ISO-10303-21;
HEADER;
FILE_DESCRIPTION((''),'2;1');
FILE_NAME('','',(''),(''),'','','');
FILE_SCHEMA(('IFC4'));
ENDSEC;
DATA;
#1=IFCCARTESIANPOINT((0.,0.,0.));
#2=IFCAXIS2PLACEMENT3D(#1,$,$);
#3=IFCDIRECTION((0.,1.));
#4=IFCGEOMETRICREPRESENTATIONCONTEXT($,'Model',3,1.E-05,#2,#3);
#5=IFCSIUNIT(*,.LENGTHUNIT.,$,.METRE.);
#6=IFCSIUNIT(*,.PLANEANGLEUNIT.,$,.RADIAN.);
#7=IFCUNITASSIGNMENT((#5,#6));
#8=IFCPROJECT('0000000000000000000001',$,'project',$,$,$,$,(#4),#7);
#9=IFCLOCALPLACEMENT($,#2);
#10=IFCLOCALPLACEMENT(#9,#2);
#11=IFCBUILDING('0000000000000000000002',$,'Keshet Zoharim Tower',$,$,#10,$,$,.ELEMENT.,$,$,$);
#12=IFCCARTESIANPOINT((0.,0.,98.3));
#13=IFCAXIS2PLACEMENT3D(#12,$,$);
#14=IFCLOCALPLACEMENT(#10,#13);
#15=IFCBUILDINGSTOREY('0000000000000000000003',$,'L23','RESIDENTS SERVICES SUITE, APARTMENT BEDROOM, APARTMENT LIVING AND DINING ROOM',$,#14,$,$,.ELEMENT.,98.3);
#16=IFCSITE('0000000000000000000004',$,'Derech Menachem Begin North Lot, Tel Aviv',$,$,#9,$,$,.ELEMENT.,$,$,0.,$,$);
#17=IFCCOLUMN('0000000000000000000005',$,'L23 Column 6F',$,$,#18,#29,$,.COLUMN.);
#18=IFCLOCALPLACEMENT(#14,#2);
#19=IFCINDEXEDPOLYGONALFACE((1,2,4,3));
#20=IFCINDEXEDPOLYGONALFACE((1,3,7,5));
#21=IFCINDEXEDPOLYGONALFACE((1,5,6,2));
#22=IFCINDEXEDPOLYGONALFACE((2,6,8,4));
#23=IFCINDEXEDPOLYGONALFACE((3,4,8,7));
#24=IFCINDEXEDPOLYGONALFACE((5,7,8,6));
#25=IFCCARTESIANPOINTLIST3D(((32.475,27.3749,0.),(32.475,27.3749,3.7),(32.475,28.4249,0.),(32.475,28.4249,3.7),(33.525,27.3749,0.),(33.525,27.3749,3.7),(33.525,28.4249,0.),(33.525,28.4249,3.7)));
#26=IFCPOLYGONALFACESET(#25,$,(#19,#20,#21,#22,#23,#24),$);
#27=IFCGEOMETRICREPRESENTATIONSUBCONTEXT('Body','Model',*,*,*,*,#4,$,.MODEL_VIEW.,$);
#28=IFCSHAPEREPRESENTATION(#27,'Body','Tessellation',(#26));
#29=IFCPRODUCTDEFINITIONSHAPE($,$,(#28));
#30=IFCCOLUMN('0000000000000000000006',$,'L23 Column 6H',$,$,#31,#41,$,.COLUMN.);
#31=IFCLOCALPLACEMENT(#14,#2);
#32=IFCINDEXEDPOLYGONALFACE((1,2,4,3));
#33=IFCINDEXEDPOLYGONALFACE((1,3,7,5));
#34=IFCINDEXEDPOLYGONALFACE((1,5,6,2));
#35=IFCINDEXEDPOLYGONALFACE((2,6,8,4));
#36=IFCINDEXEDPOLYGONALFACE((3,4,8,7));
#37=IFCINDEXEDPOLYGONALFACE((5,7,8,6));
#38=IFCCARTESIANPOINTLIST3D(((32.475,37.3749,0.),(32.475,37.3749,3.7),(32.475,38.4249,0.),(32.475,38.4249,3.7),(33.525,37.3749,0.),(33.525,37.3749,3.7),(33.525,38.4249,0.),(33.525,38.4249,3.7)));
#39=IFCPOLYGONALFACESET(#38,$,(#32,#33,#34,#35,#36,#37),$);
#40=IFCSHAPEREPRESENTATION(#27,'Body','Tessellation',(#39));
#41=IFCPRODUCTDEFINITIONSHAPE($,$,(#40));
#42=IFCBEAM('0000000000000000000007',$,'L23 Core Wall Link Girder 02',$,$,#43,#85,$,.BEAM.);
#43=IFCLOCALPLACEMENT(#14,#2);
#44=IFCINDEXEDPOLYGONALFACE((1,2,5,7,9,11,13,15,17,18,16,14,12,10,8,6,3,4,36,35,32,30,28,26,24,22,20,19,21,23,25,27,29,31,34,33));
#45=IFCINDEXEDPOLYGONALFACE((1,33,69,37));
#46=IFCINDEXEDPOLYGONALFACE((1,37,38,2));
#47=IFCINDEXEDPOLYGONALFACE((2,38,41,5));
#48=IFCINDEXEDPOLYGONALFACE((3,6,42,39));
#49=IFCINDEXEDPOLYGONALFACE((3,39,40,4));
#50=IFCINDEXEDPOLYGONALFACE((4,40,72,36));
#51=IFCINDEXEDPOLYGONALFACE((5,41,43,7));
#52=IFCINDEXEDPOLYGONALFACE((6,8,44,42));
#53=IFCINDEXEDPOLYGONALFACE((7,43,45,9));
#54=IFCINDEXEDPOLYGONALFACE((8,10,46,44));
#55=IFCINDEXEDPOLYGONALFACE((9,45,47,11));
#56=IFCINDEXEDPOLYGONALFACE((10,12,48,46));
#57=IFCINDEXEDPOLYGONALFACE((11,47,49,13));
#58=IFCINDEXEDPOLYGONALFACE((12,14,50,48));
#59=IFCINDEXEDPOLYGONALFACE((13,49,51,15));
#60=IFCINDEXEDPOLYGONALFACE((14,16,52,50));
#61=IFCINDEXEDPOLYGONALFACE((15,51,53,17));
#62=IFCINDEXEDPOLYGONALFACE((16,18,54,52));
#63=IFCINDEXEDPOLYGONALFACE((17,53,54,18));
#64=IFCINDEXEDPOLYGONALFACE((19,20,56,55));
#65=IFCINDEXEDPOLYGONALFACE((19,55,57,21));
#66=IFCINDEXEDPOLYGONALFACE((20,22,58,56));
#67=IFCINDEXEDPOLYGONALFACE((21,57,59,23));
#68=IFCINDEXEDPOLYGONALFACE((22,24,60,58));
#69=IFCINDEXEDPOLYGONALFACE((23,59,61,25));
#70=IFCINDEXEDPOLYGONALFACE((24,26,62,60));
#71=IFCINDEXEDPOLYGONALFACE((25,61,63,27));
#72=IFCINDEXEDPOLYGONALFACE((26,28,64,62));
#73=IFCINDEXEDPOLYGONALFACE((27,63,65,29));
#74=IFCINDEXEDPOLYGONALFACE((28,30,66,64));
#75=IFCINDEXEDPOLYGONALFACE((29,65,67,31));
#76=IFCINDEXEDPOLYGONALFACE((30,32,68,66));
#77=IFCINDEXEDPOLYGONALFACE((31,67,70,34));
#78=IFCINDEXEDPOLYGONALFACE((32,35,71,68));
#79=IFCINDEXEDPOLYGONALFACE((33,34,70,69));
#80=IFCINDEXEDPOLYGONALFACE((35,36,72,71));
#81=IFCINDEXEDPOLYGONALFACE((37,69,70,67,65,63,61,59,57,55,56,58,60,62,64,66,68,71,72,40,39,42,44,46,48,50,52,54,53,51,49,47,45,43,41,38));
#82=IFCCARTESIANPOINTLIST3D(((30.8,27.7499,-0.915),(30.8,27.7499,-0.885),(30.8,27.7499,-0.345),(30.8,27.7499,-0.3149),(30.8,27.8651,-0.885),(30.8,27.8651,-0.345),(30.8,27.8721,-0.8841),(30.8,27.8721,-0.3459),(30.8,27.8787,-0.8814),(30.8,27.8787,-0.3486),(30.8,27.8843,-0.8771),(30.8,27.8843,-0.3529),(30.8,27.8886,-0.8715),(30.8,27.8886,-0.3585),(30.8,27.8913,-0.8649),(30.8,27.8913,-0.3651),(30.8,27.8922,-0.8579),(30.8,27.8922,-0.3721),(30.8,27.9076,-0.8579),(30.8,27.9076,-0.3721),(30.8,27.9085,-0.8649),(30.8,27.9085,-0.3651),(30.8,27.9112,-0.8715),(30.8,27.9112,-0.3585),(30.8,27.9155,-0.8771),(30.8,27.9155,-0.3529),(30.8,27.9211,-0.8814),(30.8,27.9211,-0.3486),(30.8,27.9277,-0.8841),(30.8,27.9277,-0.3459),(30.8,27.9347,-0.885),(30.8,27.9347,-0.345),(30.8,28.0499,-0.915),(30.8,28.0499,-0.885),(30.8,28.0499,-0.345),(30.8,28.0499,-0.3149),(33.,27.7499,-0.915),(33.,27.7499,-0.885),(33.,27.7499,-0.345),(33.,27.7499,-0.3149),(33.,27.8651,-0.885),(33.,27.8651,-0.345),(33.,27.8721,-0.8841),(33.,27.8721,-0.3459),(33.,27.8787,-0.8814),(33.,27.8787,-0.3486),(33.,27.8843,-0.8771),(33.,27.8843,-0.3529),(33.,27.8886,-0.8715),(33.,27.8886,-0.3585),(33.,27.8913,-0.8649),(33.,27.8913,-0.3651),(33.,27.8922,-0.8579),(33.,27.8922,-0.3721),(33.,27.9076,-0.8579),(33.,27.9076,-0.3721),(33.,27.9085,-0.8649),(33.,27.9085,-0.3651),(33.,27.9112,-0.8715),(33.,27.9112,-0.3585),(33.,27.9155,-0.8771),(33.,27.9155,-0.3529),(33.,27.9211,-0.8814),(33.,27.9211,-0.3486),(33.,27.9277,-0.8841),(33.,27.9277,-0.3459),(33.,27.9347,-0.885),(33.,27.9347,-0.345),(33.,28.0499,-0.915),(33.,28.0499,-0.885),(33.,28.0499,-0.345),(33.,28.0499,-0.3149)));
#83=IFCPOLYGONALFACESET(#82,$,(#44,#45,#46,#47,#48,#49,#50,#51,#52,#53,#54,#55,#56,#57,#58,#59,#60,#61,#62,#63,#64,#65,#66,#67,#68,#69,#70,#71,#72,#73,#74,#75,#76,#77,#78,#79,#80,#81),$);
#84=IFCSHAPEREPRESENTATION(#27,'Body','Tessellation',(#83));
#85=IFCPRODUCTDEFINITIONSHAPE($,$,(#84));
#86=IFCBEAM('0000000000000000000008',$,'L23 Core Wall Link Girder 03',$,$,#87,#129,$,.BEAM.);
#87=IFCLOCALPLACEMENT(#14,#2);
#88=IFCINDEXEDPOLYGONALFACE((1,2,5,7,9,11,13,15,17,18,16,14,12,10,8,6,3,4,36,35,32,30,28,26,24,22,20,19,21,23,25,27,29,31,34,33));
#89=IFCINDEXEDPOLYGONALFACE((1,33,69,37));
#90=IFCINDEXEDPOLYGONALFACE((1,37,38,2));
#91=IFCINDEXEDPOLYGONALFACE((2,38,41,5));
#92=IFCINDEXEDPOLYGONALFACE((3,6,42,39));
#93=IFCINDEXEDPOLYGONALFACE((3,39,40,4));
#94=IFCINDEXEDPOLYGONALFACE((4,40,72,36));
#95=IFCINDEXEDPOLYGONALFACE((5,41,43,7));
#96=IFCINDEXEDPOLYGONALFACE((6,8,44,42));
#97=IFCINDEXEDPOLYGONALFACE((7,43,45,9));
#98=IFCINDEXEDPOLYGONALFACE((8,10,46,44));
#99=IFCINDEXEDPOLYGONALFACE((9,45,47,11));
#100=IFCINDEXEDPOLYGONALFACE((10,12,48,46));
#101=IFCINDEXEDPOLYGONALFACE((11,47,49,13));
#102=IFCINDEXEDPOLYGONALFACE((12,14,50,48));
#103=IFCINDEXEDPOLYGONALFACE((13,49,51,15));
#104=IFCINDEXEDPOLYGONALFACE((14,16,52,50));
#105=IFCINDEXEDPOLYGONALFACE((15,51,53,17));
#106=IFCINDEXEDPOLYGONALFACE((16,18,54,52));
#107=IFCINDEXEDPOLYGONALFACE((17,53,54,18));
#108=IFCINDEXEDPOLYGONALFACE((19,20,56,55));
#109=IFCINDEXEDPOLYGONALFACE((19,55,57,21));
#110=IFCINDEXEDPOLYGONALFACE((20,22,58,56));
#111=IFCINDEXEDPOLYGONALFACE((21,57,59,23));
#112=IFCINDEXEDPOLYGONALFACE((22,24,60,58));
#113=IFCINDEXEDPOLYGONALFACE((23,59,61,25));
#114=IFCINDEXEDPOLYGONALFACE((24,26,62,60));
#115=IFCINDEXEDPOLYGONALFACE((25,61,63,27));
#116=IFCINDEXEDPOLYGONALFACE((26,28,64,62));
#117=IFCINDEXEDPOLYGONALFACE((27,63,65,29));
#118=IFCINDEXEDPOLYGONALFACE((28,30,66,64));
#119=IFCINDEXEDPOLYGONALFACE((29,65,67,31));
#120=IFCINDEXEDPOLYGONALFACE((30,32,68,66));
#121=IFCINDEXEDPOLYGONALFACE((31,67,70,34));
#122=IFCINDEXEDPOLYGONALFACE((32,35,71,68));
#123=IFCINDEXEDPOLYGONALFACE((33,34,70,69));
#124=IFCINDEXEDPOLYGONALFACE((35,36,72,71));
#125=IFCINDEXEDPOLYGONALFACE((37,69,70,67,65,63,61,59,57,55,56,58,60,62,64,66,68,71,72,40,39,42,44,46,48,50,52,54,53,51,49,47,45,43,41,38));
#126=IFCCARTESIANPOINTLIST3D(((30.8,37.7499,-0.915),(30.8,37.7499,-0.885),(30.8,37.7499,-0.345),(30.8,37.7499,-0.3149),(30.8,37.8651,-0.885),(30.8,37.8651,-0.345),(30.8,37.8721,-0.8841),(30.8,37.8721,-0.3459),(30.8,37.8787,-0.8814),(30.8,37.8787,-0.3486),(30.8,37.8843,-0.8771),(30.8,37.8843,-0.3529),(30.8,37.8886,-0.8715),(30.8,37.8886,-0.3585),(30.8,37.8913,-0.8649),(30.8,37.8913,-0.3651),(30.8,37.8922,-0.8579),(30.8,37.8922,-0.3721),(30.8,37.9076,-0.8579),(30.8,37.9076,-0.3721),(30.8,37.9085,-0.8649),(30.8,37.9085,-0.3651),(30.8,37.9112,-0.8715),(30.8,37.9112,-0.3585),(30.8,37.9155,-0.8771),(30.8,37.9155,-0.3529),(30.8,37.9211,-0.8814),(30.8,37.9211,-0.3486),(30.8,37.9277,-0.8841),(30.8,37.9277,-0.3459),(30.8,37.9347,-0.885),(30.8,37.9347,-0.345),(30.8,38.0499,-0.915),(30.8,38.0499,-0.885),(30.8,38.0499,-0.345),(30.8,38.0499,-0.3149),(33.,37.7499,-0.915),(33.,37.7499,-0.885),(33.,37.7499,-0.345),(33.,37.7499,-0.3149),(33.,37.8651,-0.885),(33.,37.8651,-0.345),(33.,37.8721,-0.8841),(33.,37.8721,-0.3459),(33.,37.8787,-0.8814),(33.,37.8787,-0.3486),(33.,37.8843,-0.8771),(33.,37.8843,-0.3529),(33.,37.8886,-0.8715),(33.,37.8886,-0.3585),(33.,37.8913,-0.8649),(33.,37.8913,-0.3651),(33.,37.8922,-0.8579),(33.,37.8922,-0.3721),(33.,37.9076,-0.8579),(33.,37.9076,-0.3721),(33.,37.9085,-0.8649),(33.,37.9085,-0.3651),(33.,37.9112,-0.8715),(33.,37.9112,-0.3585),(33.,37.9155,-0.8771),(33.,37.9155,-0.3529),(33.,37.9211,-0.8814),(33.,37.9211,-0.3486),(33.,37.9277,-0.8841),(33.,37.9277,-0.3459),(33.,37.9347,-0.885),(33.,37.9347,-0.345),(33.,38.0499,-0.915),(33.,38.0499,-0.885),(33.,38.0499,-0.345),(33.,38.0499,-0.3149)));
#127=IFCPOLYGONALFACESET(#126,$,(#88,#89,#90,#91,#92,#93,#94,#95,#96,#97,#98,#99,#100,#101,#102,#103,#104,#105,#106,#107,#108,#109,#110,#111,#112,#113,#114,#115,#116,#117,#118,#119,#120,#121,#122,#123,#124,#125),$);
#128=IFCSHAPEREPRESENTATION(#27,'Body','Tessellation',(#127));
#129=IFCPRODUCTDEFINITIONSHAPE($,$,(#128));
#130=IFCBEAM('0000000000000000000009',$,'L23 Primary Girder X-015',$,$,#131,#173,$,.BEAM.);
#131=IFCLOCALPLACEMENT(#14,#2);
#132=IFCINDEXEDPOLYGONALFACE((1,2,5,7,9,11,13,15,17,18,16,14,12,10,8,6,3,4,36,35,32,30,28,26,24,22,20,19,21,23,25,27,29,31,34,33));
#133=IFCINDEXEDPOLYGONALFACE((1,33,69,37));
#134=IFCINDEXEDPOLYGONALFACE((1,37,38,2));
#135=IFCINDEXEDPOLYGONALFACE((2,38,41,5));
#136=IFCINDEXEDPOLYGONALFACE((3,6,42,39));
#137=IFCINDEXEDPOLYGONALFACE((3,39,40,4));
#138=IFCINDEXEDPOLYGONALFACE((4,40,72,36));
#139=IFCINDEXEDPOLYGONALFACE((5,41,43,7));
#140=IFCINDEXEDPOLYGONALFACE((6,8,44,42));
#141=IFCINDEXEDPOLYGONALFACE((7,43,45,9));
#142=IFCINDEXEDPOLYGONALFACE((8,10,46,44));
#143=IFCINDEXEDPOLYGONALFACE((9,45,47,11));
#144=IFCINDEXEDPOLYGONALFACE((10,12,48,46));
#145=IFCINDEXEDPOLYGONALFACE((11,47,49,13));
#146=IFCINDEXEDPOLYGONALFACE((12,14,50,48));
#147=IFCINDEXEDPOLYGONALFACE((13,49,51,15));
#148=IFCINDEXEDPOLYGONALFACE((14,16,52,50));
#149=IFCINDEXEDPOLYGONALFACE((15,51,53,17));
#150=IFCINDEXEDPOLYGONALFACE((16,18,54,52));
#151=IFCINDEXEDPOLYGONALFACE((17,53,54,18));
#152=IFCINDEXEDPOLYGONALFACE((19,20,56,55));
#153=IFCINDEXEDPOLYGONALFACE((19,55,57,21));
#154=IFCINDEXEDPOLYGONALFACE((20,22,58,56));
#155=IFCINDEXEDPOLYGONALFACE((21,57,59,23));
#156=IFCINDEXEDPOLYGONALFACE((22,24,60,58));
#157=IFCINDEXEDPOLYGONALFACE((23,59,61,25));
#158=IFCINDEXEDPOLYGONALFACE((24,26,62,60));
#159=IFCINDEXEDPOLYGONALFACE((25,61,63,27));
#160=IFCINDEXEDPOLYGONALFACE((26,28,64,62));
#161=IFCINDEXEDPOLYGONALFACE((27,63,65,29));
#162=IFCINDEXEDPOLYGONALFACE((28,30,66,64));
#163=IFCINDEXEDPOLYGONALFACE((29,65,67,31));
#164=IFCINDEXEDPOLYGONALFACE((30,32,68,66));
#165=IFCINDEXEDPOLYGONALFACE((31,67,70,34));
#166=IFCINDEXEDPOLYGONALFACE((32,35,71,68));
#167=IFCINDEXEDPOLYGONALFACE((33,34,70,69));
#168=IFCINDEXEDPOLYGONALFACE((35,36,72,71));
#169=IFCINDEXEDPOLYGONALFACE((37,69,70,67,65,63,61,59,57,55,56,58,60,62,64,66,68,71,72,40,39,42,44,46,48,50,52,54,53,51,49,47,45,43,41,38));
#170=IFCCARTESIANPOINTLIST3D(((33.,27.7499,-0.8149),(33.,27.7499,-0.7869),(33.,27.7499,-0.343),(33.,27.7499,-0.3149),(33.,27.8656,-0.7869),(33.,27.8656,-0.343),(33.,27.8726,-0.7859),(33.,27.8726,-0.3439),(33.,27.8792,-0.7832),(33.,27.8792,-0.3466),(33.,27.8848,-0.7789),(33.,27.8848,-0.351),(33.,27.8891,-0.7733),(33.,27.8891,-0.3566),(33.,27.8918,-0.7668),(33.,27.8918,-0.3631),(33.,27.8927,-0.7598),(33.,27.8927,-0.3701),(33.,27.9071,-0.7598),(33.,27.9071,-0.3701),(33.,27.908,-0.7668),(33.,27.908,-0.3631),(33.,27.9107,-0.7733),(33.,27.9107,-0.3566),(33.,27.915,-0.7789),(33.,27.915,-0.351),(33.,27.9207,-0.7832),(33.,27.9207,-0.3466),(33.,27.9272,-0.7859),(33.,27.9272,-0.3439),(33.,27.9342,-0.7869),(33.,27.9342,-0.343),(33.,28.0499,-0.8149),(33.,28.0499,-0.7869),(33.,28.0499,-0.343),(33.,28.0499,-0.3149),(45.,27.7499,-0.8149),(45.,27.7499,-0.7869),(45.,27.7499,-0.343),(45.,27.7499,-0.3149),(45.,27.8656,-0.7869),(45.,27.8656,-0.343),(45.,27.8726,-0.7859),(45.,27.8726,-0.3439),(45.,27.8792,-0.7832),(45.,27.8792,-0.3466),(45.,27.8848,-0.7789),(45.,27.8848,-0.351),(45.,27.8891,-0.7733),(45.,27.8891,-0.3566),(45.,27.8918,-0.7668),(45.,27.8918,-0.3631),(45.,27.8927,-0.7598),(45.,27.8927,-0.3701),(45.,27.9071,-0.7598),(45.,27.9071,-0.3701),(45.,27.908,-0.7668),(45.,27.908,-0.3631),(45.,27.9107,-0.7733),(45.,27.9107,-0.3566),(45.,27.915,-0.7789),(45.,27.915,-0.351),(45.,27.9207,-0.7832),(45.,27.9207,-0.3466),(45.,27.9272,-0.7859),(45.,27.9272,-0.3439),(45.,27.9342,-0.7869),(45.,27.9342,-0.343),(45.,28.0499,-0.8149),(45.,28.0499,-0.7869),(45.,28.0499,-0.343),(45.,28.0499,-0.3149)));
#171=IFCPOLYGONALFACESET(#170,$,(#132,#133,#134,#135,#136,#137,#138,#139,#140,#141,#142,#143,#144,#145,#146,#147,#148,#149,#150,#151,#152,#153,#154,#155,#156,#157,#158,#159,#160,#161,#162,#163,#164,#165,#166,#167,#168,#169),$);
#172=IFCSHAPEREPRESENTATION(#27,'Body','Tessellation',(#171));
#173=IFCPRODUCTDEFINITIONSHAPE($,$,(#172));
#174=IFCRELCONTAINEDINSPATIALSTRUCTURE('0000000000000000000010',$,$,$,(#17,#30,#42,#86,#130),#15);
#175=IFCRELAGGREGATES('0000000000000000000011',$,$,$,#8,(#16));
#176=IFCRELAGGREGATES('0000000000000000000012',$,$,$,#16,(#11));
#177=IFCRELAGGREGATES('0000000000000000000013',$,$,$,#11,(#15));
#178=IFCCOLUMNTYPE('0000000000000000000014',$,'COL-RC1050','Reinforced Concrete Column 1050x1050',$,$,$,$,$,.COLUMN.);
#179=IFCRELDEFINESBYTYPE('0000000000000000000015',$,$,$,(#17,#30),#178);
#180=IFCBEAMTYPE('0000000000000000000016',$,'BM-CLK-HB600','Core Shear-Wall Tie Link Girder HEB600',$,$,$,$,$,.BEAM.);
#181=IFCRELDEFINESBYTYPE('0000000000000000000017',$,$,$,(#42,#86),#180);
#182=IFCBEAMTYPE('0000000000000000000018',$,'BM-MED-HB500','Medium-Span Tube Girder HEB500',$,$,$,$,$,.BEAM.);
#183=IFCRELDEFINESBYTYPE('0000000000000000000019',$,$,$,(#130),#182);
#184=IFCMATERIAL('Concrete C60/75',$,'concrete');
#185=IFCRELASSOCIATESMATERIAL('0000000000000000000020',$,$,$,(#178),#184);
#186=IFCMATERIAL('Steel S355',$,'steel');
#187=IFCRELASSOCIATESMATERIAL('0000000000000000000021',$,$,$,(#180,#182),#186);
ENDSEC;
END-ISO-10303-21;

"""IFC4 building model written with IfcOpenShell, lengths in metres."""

from ifc_helpers import new_model, si_unit, direction, frame, origin, origin_2d, place, context, subcontext, project, spatial, rectangle, i_section, extrude, material, material_profile, profile_set, type_object, element, save


model = new_model("IFC4")

# Units and contexts
model_context = context("Model", 3, precision=1e-05, world=origin(), true_north=direction((0.0, 1.0)))
body_context = subcontext(model_context, "Body", "Model", "MODEL_VIEW")
ifc_project = project(units=[si_unit("LENGTHUNIT", "METRE"), si_unit("PLANEANGLEUNIT", "RADIAN")], contexts=[model_context])

# Site, building, storey
site_placement = place(None, origin())
site = spatial("IfcSite", under=ifc_project, at=site_placement, Name="Derech Menachem Begin North Lot, Tel Aviv", CompositionType="ELEMENT", RefElevation=0.0)
building_placement = place(site_placement, origin())
building = spatial("IfcBuilding", under=site, at=building_placement, Name="Keshet Zoharim Tower", CompositionType="ELEMENT")
storey_placement = place(building_placement, frame((0.0, 0.0, 98.3)))
storey = spatial("IfcBuildingStorey", under=building, at=storey_placement, Name="L23", Description="RESIDENTS SERVICES SUITE, APARTMENT BEDROOM, APARTMENT LIVING AND DINING ROOM", CompositionType="ELEMENT", Elevation=98.3)

# Columns
ifc_material_1 = material(Name="Concrete C60/75", Category="concrete")
ifc_material_profile_1 = material_profile(ifc_material_1, rectangle(XDim=1.05, YDim=1.05, at=origin_2d()), Name="RC1050x1050")
ifc_profile_set_1 = profile_set([ifc_material_profile_1], Name="Concrete C60/75")
column_type = type_object("IfcColumnType", Name="COL-RC1050", Description="Reinforced Concrete Column 1050x1050", PredefinedType="COLUMN", material=ifc_profile_set_1)
for number, where, z_axis, x_axis, name in (
    (1, (33.0, 27.8999, 0.0), (0.0, 0.0, 1.0), (1.0, 0.0, 0.0), "L23 Column 6F"),
    (2, (33.0, 37.8999, 0.0), (0.0, 0.0, 1.0), (1.0, 0.0, 0.0), "L23 Column 6H"),
):
    element("IfcColumn", number, at=place(storey_placement, frame(where, z_axis=z_axis, x_axis=x_axis)), inside=storey, type_object=column_type, Name=name, PredefinedType="COLUMN", context=body_context, shape_type="SweptSolid", body=[
        extrude(rectangle(XDim=1.05, YDim=1.05, at=origin_2d()), origin(), (0.0, 0.0, 1.0), 3.7),
    ])

# Beams
ifc_material_2 = material(Name="Steel S355", Category="steel")
ifc_material_profile_2 = material_profile(ifc_material_2, i_section(OverallWidth=0.3, OverallDepth=0.6001, WebThickness=0.0154, FlangeThickness=0.03, FilletRadius=0.0271, at=origin_2d()), Name="HEB600")
ifc_profile_set_2 = profile_set([ifc_material_profile_2], Name="Steel S355")
beam_type_1 = type_object("IfcBeamType", Name="BM-CLK-HB600", Description="Core Shear-Wall Tie Link Girder HEB600", PredefinedType="BEAM", material=ifc_profile_set_2)
for number, where, z_axis, x_axis, name in (
    (3, (30.8, 27.8999, -0.615), (1.0, 0.0, 0.0), (0.0, 1.0, 0.0), "L23 Core Wall Link Girder 02"),
    (4, (30.8, 37.8999, -0.615), (1.0, 0.0, 0.0), (0.0, 1.0, 0.0), "L23 Core Wall Link Girder 03"),
):
    element("IfcBeam", number, at=place(storey_placement, frame(where, z_axis=z_axis, x_axis=x_axis)), inside=storey, type_object=beam_type_1, Name=name, PredefinedType="BEAM", context=body_context, shape_type="SweptSolid", body=[
        extrude(i_section(OverallWidth=0.3, OverallDepth=0.6001, WebThickness=0.0154, FlangeThickness=0.03, FilletRadius=0.0271, at=origin_2d()), origin(), (0.0, 0.0, 1.0), 2.2),
    ])
ifc_material_profile_3 = material_profile(ifc_material_2, i_section(OverallWidth=0.3, OverallDepth=0.5, WebThickness=0.0144, FlangeThickness=0.0281, FilletRadius=0.0271, at=origin_2d()), Name="HEB500")
ifc_profile_set_3 = profile_set([ifc_material_profile_3], Name="Steel S355")
beam_type_2 = type_object("IfcBeamType", Name="BM-MED-HB500", Description="Medium-Span Tube Girder HEB500", PredefinedType="BEAM", material=ifc_profile_set_3)
beam_1_placement = place(storey_placement, frame((33.0, 27.8999, -0.5649), z_axis=(1.0, 0.0, 0.0), x_axis=(0.0, 1.0, 0.0)))
element("IfcBeam", 5, at=beam_1_placement, inside=storey, type_object=beam_type_2, Name="L23 Primary Girder X-015", PredefinedType="BEAM", context=body_context, shape_type="SweptSolid", body=[
    extrude(i_section(OverallWidth=0.3, OverallDepth=0.5, WebThickness=0.0144, FlangeThickness=0.0281, FilletRadius=0.0271, at=origin_2d()), origin(), (0.0, 0.0, 1.0), 12.0),
])

save(model, "model.ifc")
